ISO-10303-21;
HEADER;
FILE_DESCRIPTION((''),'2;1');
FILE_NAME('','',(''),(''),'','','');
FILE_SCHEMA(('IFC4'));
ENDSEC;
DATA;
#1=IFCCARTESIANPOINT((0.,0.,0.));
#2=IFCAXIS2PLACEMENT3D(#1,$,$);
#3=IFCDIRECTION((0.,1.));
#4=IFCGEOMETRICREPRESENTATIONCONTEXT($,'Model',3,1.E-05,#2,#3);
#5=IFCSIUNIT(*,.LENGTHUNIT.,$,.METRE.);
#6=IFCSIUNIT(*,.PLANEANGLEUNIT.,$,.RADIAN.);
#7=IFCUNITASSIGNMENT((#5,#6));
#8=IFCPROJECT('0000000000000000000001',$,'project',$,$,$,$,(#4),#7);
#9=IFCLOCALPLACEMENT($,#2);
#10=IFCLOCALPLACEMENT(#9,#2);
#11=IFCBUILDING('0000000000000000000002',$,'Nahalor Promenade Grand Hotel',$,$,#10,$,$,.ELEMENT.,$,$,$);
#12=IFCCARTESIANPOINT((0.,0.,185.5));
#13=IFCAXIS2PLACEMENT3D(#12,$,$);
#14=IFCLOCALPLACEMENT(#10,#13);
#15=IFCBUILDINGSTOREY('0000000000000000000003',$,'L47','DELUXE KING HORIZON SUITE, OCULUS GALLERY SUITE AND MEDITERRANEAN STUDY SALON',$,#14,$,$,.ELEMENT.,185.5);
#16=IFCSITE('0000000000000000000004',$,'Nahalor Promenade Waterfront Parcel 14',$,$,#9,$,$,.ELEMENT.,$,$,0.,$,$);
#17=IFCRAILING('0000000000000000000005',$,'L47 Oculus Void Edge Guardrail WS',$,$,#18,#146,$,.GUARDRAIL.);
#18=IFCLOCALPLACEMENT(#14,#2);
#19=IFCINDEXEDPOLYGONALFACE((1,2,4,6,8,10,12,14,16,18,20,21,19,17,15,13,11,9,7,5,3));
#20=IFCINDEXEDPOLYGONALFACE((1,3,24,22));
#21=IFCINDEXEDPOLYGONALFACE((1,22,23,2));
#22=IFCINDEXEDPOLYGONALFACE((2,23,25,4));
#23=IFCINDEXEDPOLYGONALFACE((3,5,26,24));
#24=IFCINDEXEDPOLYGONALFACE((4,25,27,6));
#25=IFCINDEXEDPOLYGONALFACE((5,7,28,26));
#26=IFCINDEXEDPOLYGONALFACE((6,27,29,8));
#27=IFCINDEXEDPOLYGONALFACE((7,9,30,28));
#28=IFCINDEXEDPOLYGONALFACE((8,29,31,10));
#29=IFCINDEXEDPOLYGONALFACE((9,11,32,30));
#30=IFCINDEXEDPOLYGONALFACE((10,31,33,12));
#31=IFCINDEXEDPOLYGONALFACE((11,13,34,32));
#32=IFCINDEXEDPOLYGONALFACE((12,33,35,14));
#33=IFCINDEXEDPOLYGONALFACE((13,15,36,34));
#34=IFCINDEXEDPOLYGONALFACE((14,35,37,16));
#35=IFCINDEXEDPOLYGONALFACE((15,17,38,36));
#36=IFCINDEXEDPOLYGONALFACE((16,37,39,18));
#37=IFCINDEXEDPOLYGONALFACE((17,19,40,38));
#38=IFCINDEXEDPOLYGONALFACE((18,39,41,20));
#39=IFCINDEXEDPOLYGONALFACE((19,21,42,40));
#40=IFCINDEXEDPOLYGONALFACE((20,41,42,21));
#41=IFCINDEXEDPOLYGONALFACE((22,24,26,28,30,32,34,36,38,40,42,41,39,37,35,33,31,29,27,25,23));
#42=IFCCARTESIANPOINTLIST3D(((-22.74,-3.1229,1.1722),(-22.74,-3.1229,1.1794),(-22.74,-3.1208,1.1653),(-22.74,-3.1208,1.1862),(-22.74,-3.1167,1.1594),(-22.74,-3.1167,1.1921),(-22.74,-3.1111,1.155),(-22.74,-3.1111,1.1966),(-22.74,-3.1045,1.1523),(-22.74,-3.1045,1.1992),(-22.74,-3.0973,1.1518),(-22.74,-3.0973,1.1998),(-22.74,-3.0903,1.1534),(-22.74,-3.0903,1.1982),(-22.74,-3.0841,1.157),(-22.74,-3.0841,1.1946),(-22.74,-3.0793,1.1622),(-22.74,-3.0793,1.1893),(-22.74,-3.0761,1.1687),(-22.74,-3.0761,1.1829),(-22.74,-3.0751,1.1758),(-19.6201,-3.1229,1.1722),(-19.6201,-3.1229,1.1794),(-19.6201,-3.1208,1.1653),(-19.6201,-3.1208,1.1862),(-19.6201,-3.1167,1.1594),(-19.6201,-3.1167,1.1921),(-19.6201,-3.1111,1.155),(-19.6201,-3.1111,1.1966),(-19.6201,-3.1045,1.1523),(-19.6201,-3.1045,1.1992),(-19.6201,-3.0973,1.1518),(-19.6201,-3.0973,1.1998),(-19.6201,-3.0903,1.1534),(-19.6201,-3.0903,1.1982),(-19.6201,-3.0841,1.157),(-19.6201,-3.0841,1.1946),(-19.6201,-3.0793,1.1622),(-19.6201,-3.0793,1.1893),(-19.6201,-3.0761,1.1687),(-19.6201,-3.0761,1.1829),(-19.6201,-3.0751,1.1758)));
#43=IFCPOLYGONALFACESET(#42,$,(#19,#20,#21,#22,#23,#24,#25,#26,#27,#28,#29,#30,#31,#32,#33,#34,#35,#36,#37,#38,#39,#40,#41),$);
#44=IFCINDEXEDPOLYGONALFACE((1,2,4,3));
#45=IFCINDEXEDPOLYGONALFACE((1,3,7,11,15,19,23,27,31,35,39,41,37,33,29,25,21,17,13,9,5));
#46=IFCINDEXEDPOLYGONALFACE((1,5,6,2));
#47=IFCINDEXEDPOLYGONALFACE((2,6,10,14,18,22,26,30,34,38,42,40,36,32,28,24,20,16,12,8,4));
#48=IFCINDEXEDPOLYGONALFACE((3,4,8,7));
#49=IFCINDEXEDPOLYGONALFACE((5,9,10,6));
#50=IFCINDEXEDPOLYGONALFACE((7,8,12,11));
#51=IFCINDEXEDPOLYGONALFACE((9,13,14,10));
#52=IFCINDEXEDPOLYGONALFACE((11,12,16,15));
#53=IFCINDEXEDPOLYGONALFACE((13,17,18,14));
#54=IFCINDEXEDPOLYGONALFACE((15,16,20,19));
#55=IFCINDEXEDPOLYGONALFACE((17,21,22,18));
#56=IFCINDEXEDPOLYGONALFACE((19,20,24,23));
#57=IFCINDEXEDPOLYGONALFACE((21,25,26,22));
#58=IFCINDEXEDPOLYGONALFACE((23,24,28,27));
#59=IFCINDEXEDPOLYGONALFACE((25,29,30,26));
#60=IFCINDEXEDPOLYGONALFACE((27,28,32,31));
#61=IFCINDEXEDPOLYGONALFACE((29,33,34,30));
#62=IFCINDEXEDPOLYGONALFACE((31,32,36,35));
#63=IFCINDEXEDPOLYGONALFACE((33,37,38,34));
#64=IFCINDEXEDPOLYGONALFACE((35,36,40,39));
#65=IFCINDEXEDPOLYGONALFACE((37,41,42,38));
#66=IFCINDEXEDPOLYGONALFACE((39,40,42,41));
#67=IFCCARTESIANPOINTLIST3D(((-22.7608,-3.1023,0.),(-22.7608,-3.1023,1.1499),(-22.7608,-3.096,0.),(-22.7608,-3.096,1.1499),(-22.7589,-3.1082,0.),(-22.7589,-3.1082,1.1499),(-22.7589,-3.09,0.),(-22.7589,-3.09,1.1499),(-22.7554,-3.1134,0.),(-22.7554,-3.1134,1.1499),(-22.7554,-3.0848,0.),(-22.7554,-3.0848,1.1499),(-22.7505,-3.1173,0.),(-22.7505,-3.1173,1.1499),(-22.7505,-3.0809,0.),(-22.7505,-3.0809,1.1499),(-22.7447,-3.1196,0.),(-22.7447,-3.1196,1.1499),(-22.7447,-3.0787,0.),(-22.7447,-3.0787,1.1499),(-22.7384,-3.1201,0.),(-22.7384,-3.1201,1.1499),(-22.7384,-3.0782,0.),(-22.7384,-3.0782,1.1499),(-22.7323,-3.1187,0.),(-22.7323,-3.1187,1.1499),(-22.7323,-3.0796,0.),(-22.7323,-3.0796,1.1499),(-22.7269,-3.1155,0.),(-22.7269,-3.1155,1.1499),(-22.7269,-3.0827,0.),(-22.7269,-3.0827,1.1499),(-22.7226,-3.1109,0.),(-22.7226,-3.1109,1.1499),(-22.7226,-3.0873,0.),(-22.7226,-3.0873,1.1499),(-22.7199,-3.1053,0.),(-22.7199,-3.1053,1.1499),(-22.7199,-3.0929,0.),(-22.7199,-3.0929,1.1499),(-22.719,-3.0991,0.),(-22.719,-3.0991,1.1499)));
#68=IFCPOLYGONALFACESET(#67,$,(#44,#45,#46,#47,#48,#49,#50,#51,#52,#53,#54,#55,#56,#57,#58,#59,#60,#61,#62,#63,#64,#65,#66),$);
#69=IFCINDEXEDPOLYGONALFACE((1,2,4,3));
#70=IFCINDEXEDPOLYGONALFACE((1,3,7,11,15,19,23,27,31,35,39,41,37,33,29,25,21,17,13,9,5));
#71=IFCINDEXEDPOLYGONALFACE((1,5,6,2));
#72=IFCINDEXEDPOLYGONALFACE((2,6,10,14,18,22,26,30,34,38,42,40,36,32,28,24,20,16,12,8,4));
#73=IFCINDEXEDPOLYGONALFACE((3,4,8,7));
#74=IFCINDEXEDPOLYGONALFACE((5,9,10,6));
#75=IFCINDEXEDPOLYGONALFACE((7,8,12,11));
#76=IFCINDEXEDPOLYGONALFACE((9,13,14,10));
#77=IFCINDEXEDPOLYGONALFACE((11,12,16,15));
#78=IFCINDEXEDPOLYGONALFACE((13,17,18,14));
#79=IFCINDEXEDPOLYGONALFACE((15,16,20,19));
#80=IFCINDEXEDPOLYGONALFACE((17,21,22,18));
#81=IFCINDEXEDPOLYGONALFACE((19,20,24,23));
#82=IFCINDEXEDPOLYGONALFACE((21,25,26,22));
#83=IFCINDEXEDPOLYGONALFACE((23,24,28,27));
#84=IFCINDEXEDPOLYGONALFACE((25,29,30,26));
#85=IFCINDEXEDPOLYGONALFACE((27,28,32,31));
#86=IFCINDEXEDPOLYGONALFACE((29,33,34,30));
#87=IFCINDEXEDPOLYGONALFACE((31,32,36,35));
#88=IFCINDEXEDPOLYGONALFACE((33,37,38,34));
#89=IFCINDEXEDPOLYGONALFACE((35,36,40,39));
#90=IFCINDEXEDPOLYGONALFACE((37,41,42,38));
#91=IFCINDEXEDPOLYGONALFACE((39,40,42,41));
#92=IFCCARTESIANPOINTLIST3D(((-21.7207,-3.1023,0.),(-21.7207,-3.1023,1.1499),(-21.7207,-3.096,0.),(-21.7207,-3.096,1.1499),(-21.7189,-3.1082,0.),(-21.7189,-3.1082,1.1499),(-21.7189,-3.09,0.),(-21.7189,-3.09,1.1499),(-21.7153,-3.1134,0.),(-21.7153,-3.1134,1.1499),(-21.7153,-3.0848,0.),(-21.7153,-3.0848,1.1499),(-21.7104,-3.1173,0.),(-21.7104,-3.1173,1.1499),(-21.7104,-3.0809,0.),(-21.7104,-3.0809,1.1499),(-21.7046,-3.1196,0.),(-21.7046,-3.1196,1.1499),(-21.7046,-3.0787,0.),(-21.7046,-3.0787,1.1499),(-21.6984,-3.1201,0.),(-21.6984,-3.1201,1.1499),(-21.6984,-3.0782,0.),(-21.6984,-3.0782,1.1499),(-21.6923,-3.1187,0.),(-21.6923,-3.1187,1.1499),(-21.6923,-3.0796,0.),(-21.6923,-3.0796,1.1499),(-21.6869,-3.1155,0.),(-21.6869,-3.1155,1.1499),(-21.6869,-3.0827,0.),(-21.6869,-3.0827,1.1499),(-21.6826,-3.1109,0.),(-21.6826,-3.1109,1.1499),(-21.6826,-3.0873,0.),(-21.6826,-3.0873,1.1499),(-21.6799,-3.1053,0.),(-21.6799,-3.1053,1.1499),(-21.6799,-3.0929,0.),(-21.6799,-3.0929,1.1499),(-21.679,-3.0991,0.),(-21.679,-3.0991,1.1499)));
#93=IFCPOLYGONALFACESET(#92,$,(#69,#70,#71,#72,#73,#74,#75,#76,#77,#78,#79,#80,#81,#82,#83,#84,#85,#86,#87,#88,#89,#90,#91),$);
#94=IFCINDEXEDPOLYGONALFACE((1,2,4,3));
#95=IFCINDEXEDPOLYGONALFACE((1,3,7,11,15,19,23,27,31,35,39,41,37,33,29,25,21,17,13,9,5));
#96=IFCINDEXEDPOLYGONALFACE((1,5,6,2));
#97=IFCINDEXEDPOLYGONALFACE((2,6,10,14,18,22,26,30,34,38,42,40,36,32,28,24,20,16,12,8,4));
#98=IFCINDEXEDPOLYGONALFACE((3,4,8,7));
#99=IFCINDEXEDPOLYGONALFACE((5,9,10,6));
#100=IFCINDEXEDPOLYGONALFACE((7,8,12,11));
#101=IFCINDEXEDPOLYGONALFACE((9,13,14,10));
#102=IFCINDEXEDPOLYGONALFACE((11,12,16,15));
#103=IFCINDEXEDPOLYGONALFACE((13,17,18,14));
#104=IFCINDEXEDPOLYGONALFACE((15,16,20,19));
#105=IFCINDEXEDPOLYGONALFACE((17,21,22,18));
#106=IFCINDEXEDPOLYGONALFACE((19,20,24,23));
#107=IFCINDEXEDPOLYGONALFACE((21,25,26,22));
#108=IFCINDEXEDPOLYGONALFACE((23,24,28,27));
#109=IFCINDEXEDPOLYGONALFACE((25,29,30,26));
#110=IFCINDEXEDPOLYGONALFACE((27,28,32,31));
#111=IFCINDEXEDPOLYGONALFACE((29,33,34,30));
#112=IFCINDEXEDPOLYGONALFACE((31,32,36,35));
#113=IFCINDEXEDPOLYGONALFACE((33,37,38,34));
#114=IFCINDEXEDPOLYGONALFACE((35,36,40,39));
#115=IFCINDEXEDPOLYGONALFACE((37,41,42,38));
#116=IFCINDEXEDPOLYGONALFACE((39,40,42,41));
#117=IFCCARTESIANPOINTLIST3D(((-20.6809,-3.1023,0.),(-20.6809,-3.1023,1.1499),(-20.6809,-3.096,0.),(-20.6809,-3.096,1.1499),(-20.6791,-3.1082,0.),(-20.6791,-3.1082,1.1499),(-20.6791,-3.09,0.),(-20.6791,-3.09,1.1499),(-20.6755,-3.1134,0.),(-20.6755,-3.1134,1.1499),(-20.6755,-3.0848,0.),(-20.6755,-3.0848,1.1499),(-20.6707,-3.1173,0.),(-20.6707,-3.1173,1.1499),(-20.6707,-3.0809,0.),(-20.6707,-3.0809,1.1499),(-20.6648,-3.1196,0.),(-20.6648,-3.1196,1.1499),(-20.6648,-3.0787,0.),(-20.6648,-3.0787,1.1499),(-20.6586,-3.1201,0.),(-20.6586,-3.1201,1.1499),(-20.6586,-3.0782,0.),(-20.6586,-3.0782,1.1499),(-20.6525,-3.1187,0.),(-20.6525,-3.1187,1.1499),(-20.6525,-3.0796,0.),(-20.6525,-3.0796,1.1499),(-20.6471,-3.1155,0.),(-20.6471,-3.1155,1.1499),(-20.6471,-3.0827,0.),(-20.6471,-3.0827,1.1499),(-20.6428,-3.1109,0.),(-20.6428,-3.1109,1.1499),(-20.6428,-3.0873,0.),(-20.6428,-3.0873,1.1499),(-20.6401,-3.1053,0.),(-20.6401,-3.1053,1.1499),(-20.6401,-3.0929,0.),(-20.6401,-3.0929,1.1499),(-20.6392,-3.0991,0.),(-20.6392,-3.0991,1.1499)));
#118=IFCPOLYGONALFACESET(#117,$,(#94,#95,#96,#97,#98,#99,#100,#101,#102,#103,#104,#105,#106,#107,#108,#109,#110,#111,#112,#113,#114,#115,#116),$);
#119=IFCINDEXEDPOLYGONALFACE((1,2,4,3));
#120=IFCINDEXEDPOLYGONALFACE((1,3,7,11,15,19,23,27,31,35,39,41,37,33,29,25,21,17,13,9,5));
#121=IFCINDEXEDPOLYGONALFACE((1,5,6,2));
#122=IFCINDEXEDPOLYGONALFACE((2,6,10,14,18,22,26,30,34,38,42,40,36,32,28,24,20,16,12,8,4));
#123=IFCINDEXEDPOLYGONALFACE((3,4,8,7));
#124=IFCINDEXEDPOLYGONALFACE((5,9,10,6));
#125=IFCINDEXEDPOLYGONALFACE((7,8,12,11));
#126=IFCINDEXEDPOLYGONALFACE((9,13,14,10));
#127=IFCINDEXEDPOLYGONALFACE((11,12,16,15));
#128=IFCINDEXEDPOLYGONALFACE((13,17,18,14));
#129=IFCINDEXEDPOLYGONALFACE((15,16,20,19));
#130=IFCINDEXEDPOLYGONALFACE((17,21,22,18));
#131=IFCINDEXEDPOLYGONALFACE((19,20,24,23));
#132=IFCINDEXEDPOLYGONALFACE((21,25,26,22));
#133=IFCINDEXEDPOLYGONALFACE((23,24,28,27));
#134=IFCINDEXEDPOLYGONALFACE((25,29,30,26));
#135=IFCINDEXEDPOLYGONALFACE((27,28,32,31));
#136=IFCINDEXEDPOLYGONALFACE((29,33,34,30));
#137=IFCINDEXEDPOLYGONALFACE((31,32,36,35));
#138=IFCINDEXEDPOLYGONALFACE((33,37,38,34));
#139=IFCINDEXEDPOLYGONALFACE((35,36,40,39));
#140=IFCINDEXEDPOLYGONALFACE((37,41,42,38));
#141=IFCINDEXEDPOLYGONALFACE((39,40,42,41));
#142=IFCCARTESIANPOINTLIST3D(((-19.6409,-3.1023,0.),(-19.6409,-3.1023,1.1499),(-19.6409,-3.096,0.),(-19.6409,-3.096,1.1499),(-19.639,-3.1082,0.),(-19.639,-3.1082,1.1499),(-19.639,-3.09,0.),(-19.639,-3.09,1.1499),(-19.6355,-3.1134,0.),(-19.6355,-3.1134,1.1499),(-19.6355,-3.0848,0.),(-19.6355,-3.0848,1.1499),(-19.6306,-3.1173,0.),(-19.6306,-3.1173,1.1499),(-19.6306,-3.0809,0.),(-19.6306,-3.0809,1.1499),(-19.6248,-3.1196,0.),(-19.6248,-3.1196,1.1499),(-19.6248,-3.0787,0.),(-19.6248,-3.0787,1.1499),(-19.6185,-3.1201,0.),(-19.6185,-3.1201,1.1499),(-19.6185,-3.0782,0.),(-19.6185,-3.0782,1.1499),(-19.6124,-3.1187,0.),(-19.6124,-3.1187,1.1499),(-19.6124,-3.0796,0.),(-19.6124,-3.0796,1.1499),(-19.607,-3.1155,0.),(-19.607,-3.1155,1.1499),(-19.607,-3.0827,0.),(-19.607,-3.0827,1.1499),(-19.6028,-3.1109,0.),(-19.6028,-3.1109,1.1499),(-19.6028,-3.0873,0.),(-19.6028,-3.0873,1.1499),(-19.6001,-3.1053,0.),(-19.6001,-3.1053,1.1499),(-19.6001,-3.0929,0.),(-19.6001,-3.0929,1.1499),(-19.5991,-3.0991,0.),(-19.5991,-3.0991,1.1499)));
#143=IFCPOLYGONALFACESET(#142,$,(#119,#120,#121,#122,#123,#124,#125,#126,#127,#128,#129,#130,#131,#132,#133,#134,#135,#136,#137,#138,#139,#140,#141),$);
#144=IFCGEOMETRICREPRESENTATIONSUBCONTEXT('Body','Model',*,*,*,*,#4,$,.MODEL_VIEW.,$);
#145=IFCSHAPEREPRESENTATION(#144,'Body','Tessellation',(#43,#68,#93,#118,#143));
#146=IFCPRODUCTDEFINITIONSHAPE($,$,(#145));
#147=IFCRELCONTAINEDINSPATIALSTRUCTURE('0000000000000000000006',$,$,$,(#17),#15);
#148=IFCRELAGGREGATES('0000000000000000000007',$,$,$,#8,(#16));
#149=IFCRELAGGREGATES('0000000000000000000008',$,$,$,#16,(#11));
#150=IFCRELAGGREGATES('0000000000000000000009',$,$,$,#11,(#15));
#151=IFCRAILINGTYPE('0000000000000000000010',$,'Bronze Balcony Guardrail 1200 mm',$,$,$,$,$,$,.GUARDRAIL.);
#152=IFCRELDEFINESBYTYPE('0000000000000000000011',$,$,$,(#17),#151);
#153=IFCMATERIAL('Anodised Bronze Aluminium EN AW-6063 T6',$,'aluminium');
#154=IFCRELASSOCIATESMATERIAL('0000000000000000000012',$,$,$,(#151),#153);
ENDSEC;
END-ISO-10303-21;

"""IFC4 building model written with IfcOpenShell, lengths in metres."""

from ifc_helpers import new_model, si_unit, direction, frame, origin, origin_2d, place, context, subcontext, project, spatial, circle, extrude, material, type_object, element, save


model = new_model("IFC4")

# Units and contexts
model_context = context("Model", 3, precision=1e-05, world=origin(), true_north=direction((0.0, 1.0)))
body_context = subcontext(model_context, "Body", "Model", "MODEL_VIEW")
ifc_project = project(units=[si_unit("LENGTHUNIT", "METRE"), si_unit("PLANEANGLEUNIT", "RADIAN")], contexts=[model_context])

# Site, building, storey
site_placement = place(None, origin())
site = spatial("IfcSite", under=ifc_project, at=site_placement, Name="Nahalor Promenade Waterfront Parcel 14", CompositionType="ELEMENT", RefElevation=0.0)
building_placement = place(site_placement, origin())
building = spatial("IfcBuilding", under=site, at=building_placement, Name="Nahalor Promenade Grand Hotel", CompositionType="ELEMENT")
storey_placement = place(building_placement, frame((0.0, 0.0, 185.5)))
storey = spatial("IfcBuildingStorey", under=building, at=storey_placement, Name="L47", Description="DELUXE KING HORIZON SUITE, OCULUS GALLERY SUITE AND MEDITERRANEAN STUDY SALON", CompositionType="ELEMENT", Elevation=185.5)

# Shared definitions
ifc_material_1 = material(Name="Anodised Bronze Aluminium EN AW-6063 T6", Category="aluminium")

# Railing
railing_type = type_object("IfcRailingType", Name="Bronze Balcony Guardrail 1200 mm", PredefinedType="GUARDRAIL", material=ifc_material_1)
for number, where, name in (
    (1, (-22.74, -3.0991, 0.0), "L47 Oculus Void Edge Guardrail WS"),
):
    element("IfcRailing", number, at=place(storey_placement, frame(where)), inside=storey, type_object=railing_type, Name=name, PredefinedType="GUARDRAIL", context=body_context, shape_type="SweptSolid", body=[
        extrude(circle(Radius=0.024, at=origin_2d()), frame((0.0, 0.0, 1.1758), z_axis=(1.0, 0.0, 0.0), x_axis=(0.0, 1.0, 0.0)), (0.0, 0.0, 1.0), 3.1199),
        extrude(circle(Radius=0.021, at=origin_2d()), origin(), (0.0, 0.0, 1.0), 1.1499),
        extrude(circle(Radius=0.021, at=origin_2d()), frame((1.04, 0.0, 0.0)), (0.0, 0.0, 1.0), 1.1499),
        extrude(circle(Radius=0.021, at=origin_2d()), frame((2.0798, 0.0, 0.0)), (0.0, 0.0, 1.0), 1.1499),
        extrude(circle(Radius=0.021, at=origin_2d()), frame((3.1199, 0.0, 0.0)), (0.0, 0.0, 1.0), 1.1499),
    ])

save(model, "model.ifc")
